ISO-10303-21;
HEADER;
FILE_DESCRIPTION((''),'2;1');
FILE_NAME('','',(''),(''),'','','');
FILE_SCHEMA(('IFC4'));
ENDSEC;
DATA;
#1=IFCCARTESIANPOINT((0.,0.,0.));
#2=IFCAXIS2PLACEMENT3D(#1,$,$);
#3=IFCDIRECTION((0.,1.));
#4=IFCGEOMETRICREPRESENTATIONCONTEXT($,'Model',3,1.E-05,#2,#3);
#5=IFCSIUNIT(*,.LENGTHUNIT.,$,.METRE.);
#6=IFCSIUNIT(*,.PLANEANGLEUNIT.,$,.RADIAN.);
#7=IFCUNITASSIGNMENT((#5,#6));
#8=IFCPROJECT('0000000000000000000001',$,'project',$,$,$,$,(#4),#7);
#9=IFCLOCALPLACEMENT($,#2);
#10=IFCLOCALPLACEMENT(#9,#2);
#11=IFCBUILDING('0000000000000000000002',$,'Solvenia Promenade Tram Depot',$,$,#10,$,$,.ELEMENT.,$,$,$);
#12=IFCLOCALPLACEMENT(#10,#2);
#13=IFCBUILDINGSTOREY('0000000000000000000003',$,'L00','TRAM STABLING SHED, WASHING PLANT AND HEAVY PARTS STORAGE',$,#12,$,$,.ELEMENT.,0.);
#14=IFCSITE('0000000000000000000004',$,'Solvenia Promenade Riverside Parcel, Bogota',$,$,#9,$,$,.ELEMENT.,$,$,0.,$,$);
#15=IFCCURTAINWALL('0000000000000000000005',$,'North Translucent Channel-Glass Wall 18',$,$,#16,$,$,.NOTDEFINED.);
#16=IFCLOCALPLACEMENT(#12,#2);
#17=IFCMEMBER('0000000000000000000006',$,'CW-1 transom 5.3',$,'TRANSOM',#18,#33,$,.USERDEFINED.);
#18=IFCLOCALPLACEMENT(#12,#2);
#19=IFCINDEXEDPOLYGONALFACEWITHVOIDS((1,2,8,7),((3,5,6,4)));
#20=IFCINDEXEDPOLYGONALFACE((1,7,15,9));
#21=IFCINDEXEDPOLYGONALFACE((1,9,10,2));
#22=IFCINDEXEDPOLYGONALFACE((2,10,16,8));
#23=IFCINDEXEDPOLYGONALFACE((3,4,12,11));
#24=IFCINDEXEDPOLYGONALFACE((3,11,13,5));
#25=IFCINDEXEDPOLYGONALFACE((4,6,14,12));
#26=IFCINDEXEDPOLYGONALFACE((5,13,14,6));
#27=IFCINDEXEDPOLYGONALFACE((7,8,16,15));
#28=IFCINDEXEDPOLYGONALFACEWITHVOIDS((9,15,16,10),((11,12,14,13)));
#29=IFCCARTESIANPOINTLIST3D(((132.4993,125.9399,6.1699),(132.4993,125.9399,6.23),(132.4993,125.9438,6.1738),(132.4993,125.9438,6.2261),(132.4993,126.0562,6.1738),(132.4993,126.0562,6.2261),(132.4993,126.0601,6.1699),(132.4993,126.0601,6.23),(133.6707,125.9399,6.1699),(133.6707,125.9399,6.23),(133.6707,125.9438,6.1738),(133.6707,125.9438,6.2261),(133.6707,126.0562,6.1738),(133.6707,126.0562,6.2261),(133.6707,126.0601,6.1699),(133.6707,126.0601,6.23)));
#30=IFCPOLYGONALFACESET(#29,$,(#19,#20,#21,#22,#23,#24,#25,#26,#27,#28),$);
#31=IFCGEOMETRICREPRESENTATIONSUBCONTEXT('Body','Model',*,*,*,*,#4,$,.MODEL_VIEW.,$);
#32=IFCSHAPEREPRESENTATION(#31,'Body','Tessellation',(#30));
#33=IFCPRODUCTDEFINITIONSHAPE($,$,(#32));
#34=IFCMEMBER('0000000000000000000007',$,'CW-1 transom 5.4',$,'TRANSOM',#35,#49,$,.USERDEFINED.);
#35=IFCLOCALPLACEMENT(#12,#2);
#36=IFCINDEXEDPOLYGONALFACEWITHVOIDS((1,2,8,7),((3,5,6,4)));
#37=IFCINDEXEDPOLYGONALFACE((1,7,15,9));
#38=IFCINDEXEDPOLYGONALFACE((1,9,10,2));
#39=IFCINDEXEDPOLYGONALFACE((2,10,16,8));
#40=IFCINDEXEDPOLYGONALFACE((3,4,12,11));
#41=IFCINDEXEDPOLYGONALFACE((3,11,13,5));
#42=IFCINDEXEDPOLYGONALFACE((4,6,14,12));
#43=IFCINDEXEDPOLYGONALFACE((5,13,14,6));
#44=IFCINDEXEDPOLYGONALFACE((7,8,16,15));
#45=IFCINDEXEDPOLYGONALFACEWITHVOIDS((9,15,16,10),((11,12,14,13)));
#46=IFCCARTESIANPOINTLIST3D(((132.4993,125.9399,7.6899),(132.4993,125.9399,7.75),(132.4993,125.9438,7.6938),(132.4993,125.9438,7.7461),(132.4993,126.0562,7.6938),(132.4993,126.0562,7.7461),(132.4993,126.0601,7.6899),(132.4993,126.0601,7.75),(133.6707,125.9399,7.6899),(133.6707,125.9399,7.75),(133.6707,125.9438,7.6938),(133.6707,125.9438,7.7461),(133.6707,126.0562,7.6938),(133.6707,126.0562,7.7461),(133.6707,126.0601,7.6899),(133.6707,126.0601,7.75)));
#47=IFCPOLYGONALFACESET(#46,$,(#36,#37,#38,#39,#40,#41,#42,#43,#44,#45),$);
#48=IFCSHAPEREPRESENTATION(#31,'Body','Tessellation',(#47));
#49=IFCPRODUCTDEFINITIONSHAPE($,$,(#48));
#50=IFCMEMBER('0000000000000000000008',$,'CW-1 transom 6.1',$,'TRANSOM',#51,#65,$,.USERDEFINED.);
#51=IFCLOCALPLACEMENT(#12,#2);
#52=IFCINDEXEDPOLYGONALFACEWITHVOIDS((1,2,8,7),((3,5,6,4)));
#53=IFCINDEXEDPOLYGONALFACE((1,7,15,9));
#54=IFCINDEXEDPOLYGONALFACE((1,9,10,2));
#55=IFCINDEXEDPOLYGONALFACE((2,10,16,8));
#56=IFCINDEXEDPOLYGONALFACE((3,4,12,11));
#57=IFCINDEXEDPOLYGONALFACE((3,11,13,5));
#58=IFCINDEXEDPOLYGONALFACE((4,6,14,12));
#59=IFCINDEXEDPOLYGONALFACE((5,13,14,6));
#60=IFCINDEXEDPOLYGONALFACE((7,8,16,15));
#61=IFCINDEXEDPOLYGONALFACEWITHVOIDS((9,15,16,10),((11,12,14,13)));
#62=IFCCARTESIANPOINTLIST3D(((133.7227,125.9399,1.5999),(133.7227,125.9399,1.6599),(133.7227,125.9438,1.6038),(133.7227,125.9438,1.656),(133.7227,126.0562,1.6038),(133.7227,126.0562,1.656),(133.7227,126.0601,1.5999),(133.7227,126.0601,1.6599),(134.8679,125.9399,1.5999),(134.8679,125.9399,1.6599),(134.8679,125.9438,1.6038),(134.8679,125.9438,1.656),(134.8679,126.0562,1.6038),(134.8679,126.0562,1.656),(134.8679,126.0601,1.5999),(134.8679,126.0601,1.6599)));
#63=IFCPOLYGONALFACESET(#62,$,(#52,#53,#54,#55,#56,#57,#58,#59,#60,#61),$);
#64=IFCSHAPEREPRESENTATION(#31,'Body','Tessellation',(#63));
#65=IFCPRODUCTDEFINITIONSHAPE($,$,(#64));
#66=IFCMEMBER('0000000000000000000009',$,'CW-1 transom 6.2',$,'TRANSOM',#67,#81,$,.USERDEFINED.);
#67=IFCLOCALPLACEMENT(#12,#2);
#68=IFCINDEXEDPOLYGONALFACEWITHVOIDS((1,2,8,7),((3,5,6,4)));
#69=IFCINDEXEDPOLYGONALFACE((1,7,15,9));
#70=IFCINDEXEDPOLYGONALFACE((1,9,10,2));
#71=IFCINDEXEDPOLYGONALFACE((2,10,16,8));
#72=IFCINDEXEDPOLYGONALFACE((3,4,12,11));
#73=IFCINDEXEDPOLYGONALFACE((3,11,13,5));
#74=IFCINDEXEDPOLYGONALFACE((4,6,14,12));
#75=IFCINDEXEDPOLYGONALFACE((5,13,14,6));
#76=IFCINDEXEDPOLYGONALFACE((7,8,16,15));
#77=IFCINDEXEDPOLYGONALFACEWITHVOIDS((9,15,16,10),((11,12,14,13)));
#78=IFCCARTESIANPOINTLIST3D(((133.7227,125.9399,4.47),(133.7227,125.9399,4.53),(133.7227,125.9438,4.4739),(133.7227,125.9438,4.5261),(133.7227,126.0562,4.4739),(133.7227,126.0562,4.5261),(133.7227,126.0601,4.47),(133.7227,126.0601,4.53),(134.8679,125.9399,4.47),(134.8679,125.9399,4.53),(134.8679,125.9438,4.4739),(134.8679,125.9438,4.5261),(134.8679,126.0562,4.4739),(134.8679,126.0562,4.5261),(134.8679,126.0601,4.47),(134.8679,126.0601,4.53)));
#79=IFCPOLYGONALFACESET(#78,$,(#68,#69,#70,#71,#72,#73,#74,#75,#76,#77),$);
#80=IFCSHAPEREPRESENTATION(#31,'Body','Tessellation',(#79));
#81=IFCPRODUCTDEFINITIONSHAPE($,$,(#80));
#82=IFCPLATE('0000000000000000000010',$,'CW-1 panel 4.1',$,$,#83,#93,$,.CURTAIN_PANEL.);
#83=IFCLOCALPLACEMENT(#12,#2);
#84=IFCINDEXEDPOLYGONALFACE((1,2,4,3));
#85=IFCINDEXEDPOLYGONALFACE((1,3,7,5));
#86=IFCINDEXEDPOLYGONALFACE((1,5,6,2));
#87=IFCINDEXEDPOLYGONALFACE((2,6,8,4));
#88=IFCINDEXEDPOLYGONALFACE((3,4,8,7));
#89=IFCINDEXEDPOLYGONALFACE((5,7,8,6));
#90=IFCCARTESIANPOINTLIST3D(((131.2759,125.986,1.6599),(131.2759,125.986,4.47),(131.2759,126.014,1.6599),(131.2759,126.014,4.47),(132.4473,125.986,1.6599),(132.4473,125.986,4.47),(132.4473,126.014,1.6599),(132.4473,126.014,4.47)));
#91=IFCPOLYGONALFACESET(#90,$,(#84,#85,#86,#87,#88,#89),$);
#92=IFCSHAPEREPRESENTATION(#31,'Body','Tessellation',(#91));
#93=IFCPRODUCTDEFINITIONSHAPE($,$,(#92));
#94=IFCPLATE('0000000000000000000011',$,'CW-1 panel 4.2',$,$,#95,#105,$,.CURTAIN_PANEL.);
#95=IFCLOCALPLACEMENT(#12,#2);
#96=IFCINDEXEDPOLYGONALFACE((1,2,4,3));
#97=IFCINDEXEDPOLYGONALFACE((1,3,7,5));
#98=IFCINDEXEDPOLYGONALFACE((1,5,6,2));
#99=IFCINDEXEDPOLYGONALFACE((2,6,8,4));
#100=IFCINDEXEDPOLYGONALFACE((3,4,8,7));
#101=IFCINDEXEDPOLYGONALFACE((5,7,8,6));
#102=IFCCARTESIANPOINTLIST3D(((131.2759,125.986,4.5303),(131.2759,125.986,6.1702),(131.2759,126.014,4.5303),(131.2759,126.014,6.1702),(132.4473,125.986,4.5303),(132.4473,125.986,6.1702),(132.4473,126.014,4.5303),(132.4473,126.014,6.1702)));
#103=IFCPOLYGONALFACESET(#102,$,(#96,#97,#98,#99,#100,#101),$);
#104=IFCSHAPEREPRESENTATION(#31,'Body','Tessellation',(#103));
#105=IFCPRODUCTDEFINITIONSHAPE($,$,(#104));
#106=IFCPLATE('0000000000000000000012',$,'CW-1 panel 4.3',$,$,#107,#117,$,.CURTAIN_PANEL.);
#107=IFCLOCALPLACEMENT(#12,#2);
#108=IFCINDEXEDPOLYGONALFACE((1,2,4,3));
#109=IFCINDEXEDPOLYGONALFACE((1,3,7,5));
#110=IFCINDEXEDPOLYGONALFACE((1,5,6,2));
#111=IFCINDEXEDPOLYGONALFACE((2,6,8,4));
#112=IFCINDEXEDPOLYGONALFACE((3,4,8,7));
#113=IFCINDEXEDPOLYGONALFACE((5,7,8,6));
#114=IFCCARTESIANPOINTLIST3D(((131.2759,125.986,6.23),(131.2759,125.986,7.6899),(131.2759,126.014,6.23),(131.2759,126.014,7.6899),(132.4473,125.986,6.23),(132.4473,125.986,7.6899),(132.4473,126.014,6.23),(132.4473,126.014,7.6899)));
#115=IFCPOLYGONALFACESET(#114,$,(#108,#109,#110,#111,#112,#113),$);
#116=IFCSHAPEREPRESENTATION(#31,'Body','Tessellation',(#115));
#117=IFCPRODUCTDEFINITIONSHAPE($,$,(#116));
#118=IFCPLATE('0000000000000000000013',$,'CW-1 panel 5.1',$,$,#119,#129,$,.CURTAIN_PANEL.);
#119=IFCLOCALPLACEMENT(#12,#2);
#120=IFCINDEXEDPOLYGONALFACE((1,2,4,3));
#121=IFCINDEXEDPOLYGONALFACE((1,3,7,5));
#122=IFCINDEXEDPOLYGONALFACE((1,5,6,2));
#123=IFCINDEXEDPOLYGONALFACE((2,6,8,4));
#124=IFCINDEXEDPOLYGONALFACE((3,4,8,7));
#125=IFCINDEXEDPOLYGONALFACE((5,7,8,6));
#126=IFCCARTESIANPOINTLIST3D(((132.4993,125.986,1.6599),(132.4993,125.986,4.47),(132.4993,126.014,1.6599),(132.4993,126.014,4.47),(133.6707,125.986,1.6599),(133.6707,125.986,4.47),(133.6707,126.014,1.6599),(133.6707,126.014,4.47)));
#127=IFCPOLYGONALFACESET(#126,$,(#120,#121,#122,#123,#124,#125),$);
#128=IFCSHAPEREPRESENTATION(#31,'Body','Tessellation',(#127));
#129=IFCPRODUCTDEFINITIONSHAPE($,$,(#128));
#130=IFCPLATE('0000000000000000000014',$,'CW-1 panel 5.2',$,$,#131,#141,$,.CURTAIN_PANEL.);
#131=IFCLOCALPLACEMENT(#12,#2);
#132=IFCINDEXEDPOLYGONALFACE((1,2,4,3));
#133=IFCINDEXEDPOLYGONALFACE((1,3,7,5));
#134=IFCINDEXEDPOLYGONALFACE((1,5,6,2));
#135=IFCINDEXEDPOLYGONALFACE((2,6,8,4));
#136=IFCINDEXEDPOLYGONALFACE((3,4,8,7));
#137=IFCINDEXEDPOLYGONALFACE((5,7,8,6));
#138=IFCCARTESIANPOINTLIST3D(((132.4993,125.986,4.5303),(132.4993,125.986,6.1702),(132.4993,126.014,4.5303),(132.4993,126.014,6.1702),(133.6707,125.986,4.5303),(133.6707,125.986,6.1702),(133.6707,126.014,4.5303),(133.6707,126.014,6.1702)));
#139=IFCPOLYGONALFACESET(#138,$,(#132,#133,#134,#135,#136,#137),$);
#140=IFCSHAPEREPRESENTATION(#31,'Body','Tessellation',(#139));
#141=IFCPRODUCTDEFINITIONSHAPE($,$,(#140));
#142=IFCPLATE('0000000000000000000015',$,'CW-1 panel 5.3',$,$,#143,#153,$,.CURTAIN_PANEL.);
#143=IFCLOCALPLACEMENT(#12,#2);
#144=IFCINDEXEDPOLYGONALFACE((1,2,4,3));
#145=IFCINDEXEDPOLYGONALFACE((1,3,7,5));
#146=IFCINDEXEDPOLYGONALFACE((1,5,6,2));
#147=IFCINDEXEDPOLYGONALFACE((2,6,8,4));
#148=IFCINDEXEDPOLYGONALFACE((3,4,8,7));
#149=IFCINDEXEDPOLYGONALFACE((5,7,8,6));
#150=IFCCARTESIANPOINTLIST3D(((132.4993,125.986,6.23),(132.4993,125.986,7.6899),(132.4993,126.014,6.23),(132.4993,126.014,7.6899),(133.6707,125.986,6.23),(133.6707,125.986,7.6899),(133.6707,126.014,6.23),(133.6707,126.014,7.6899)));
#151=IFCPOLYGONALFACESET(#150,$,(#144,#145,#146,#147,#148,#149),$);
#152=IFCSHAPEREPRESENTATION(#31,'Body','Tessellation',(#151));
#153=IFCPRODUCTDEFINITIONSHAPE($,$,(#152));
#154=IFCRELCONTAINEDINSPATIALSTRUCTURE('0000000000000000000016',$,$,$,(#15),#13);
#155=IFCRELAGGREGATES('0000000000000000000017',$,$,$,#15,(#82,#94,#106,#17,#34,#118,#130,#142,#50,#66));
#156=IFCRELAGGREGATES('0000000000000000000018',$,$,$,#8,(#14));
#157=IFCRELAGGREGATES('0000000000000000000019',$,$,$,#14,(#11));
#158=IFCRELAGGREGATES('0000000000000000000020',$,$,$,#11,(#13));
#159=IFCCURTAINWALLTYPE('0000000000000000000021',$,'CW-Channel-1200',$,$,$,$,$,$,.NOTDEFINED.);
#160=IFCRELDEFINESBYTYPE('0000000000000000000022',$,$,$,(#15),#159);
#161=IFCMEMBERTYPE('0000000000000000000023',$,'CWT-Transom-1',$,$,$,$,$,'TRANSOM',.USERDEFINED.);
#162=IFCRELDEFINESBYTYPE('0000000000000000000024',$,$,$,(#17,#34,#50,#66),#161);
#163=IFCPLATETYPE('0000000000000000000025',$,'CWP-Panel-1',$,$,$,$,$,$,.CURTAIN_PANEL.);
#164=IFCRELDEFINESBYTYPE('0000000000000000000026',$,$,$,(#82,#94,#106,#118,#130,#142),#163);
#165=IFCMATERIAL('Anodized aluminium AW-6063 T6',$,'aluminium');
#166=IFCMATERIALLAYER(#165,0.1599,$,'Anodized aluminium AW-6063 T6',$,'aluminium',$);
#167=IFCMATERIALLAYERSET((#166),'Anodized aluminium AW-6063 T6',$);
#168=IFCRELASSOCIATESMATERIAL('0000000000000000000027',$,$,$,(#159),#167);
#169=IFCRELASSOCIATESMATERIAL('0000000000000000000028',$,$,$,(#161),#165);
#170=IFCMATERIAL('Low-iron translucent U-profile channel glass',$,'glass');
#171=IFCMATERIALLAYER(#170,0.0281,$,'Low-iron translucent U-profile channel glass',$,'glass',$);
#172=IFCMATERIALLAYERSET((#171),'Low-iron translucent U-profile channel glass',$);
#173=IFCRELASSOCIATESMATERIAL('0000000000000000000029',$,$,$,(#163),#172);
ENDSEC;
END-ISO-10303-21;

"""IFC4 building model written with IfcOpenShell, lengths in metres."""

from ifc_helpers import new_model, si_unit, direction, frame, origin, origin_2d, place, context, subcontext, project, spatial, rectangle, hollow_rectangle, extrude, material, layer, layer_set, material_profile, profile_set, type_object, element, aggregate, save


model = new_model("IFC4")

# Units and contexts
model_context = context("Model", 3, precision=1e-05, world=origin(), true_north=direction((0.0, 1.0)))
body_context = subcontext(model_context, "Body", "Model", "MODEL_VIEW")
ifc_project = project(units=[si_unit("LENGTHUNIT", "METRE"), si_unit("PLANEANGLEUNIT", "RADIAN")], contexts=[model_context])

# Site, building, storey
site_placement = place(None, origin())
site = spatial("IfcSite", under=ifc_project, at=site_placement, Name="Solvenia Promenade Riverside Parcel, Bogota", CompositionType="ELEMENT", RefElevation=0.0)
building_placement = place(site_placement, origin())
building = spatial("IfcBuilding", under=site, at=building_placement, Name="Solvenia Promenade Tram Depot", CompositionType="ELEMENT")
storey_placement = place(building_placement, origin())
storey = spatial("IfcBuildingStorey", under=building, at=storey_placement, Name="L00", Description="TRAM STABLING SHED, WASHING PLANT AND HEAVY PARTS STORAGE", CompositionType="ELEMENT", Elevation=0.0)

# Curtain wall, members, plates
ifc_material_1 = material(Name="Anodized aluminium AW-6063 T6", Category="aluminium")
ifc_layer_1 = layer(ifc_material_1, 0.1599, Name="Anodized aluminium AW-6063 T6", Category="aluminium")
ifc_layer_set_1 = layer_set([ifc_layer_1], Name="Anodized aluminium AW-6063 T6")
curtain_wall_type = type_object("IfcCurtainWallType", Name="CW-Channel-1200", PredefinedType="NOTDEFINED", material=ifc_layer_set_1)
curtain_wall_placement = place(storey_placement, origin())
curtain_wall = element("IfcCurtainWall", 1, at=curtain_wall_placement, inside=storey, type_object=curtain_wall_type, Name="North Translucent Channel-Glass Wall 18", PredefinedType="NOTDEFINED")
ifc_material_profile_1 = material_profile(ifc_material_1, hollow_rectangle(XDim=0.1201, YDim=0.0601, WallThickness=0.0039, at=origin_2d()), Name="ALU-T1", Category="aluminium")
ifc_profile_set_1 = profile_set([ifc_material_profile_1], Name="Anodized aluminium AW-6063 T6")
member_type_1 = type_object("IfcMemberType", Name="CWT-Transom-1", ElementType="TRANSOM", PredefinedType="USERDEFINED", material=ifc_profile_set_1)
member_1_placement = place(storey_placement, frame((132.4993, 126.0, 6.2), z_axis=(1.0, 0.0, 0.0), x_axis=(0.0, 1.0, 0.0)))
member_1 = element("IfcMember", 2, at=member_1_placement, type_object=member_type_1, Name="CW-1 transom 5.3", ObjectType="TRANSOM", PredefinedType="USERDEFINED", context=body_context, shape_type="SweptSolid", body=[
    extrude(hollow_rectangle(XDim=0.1201, YDim=0.0601, WallThickness=0.0039, at=origin_2d()), origin(), (0.0, 0.0, 1.0), 1.1714),
])
member_2_placement = place(storey_placement, frame((132.4993, 126.0, 7.72), z_axis=(1.0, 0.0, 0.0), x_axis=(0.0, 1.0, 0.0)))
member_2 = element("IfcMember", 3, at=member_2_placement, type_object=member_type_1, Name="CW-1 transom 5.4", ObjectType="TRANSOM", PredefinedType="USERDEFINED", context=body_context, shape_type="SweptSolid", body=[
    extrude(hollow_rectangle(XDim=0.1201, YDim=0.0601, WallThickness=0.0039, at=origin_2d()), origin(), (0.0, 0.0, 1.0), 1.1714),
])
member_3_placement = place(storey_placement, frame((133.7227, 126.0, 1.6299), z_axis=(1.0, 0.0, 0.0), x_axis=(0.0, 1.0, 0.0)))
member_3 = element("IfcMember", 4, at=member_3_placement, type_object=member_type_1, Name="CW-1 transom 6.1", ObjectType="TRANSOM", PredefinedType="USERDEFINED", context=body_context, shape_type="SweptSolid", body=[
    extrude(hollow_rectangle(XDim=0.1201, YDim=0.0601, WallThickness=0.0039, at=origin_2d()), origin(), (0.0, 0.0, 1.0), 1.1453),
])
member_4_placement = place(storey_placement, frame((133.7227, 126.0, 4.5), z_axis=(1.0, 0.0, 0.0), x_axis=(0.0, 1.0, 0.0)))
member_4 = element("IfcMember", 5, at=member_4_placement, type_object=member_type_1, Name="CW-1 transom 6.2", ObjectType="TRANSOM", PredefinedType="USERDEFINED", context=body_context, shape_type="SweptSolid", body=[
    extrude(hollow_rectangle(XDim=0.1201, YDim=0.0601, WallThickness=0.0039, at=origin_2d()), origin(), (0.0, 0.0, 1.0), 1.1453),
])
ifc_material_2 = material(Name="Low-iron translucent U-profile channel glass", Category="glass")
ifc_layer_2 = layer(ifc_material_2, 0.0281, Name="Low-iron translucent U-profile channel glass", Category="glass")
ifc_layer_set_2 = layer_set([ifc_layer_2], Name="Low-iron translucent U-profile channel glass")
plate_type = type_object("IfcPlateType", Name="CWP-Panel-1", PredefinedType="CURTAIN_PANEL", material=ifc_layer_set_2)
plate_1_placement = place(storey_placement, frame((131.8616, 126.0, 1.6599), z_axis=(0.0, 0.0, 1.0), x_axis=(1.0, 0.0, 0.0)))
plate_1 = element("IfcPlate", 6, at=plate_1_placement, type_object=plate_type, Name="CW-1 panel 4.1", PredefinedType="CURTAIN_PANEL", context=body_context, shape_type="SweptSolid", body=[
    extrude(rectangle(XDim=1.1714, YDim=0.0281, at=origin_2d()), origin(), (0.0, 0.0, 1.0), 2.8101),
])
plate_2_placement = place(storey_placement, frame((131.8616, 126.0, 4.5303), z_axis=(0.0, 0.0, 1.0), x_axis=(1.0, 0.0, 0.0)))
plate_2 = element("IfcPlate", 7, at=plate_2_placement, type_object=plate_type, Name="CW-1 panel 4.2", PredefinedType="CURTAIN_PANEL", context=body_context, shape_type="SweptSolid", body=[
    extrude(rectangle(XDim=1.1714, YDim=0.0281, at=origin_2d()), origin(), (0.0, 0.0, 1.0), 1.6399),
])
plate_3_placement = place(storey_placement, frame((131.8616, 126.0, 6.23), z_axis=(0.0, 0.0, 1.0), x_axis=(1.0, 0.0, 0.0)))
plate_3 = element("IfcPlate", 8, at=plate_3_placement, type_object=plate_type, Name="CW-1 panel 4.3", PredefinedType="CURTAIN_PANEL", context=body_context, shape_type="SweptSolid", body=[
    extrude(rectangle(XDim=1.1714, YDim=0.0281, at=origin_2d()), origin(), (0.0, 0.0, 1.0), 1.46),
])
plate_4_placement = place(storey_placement, frame((133.085, 126.0, 1.6599), z_axis=(0.0, 0.0, 1.0), x_axis=(1.0, 0.0, 0.0)))
plate_4 = element("IfcPlate", 9, at=plate_4_placement, type_object=plate_type, Name="CW-1 panel 5.1", PredefinedType="CURTAIN_PANEL", context=body_context, shape_type="SweptSolid", body=[
    extrude(rectangle(XDim=1.1714, YDim=0.0281, at=origin_2d()), origin(), (0.0, 0.0, 1.0), 2.8101),
])
plate_5_placement = place(storey_placement, frame((133.085, 126.0, 4.5303), z_axis=(0.0, 0.0, 1.0), x_axis=(1.0, 0.0, 0.0)))
plate_5 = element("IfcPlate", 10, at=plate_5_placement, type_object=plate_type, Name="CW-1 panel 5.2", PredefinedType="CURTAIN_PANEL", context=body_context, shape_type="SweptSolid", body=[
    extrude(rectangle(XDim=1.1714, YDim=0.0281, at=origin_2d()), origin(), (0.0, 0.0, 1.0), 1.6399),
])
plate_6_placement = place(storey_placement, frame((133.085, 126.0, 6.23), z_axis=(0.0, 0.0, 1.0), x_axis=(1.0, 0.0, 0.0)))
plate_6 = element("IfcPlate", 11, at=plate_6_placement, type_object=plate_type, Name="CW-1 panel 5.3", PredefinedType="CURTAIN_PANEL", context=body_context, shape_type="SweptSolid", body=[
    extrude(rectangle(XDim=1.1714, YDim=0.0281, at=origin_2d()), origin(), (0.0, 0.0, 1.0), 1.46),
])
aggregate(curtain_wall, [plate_1, plate_2, plate_3, member_1, member_2, plate_4, plate_5, plate_6, member_3, member_4])

save(model, "model.ifc")
